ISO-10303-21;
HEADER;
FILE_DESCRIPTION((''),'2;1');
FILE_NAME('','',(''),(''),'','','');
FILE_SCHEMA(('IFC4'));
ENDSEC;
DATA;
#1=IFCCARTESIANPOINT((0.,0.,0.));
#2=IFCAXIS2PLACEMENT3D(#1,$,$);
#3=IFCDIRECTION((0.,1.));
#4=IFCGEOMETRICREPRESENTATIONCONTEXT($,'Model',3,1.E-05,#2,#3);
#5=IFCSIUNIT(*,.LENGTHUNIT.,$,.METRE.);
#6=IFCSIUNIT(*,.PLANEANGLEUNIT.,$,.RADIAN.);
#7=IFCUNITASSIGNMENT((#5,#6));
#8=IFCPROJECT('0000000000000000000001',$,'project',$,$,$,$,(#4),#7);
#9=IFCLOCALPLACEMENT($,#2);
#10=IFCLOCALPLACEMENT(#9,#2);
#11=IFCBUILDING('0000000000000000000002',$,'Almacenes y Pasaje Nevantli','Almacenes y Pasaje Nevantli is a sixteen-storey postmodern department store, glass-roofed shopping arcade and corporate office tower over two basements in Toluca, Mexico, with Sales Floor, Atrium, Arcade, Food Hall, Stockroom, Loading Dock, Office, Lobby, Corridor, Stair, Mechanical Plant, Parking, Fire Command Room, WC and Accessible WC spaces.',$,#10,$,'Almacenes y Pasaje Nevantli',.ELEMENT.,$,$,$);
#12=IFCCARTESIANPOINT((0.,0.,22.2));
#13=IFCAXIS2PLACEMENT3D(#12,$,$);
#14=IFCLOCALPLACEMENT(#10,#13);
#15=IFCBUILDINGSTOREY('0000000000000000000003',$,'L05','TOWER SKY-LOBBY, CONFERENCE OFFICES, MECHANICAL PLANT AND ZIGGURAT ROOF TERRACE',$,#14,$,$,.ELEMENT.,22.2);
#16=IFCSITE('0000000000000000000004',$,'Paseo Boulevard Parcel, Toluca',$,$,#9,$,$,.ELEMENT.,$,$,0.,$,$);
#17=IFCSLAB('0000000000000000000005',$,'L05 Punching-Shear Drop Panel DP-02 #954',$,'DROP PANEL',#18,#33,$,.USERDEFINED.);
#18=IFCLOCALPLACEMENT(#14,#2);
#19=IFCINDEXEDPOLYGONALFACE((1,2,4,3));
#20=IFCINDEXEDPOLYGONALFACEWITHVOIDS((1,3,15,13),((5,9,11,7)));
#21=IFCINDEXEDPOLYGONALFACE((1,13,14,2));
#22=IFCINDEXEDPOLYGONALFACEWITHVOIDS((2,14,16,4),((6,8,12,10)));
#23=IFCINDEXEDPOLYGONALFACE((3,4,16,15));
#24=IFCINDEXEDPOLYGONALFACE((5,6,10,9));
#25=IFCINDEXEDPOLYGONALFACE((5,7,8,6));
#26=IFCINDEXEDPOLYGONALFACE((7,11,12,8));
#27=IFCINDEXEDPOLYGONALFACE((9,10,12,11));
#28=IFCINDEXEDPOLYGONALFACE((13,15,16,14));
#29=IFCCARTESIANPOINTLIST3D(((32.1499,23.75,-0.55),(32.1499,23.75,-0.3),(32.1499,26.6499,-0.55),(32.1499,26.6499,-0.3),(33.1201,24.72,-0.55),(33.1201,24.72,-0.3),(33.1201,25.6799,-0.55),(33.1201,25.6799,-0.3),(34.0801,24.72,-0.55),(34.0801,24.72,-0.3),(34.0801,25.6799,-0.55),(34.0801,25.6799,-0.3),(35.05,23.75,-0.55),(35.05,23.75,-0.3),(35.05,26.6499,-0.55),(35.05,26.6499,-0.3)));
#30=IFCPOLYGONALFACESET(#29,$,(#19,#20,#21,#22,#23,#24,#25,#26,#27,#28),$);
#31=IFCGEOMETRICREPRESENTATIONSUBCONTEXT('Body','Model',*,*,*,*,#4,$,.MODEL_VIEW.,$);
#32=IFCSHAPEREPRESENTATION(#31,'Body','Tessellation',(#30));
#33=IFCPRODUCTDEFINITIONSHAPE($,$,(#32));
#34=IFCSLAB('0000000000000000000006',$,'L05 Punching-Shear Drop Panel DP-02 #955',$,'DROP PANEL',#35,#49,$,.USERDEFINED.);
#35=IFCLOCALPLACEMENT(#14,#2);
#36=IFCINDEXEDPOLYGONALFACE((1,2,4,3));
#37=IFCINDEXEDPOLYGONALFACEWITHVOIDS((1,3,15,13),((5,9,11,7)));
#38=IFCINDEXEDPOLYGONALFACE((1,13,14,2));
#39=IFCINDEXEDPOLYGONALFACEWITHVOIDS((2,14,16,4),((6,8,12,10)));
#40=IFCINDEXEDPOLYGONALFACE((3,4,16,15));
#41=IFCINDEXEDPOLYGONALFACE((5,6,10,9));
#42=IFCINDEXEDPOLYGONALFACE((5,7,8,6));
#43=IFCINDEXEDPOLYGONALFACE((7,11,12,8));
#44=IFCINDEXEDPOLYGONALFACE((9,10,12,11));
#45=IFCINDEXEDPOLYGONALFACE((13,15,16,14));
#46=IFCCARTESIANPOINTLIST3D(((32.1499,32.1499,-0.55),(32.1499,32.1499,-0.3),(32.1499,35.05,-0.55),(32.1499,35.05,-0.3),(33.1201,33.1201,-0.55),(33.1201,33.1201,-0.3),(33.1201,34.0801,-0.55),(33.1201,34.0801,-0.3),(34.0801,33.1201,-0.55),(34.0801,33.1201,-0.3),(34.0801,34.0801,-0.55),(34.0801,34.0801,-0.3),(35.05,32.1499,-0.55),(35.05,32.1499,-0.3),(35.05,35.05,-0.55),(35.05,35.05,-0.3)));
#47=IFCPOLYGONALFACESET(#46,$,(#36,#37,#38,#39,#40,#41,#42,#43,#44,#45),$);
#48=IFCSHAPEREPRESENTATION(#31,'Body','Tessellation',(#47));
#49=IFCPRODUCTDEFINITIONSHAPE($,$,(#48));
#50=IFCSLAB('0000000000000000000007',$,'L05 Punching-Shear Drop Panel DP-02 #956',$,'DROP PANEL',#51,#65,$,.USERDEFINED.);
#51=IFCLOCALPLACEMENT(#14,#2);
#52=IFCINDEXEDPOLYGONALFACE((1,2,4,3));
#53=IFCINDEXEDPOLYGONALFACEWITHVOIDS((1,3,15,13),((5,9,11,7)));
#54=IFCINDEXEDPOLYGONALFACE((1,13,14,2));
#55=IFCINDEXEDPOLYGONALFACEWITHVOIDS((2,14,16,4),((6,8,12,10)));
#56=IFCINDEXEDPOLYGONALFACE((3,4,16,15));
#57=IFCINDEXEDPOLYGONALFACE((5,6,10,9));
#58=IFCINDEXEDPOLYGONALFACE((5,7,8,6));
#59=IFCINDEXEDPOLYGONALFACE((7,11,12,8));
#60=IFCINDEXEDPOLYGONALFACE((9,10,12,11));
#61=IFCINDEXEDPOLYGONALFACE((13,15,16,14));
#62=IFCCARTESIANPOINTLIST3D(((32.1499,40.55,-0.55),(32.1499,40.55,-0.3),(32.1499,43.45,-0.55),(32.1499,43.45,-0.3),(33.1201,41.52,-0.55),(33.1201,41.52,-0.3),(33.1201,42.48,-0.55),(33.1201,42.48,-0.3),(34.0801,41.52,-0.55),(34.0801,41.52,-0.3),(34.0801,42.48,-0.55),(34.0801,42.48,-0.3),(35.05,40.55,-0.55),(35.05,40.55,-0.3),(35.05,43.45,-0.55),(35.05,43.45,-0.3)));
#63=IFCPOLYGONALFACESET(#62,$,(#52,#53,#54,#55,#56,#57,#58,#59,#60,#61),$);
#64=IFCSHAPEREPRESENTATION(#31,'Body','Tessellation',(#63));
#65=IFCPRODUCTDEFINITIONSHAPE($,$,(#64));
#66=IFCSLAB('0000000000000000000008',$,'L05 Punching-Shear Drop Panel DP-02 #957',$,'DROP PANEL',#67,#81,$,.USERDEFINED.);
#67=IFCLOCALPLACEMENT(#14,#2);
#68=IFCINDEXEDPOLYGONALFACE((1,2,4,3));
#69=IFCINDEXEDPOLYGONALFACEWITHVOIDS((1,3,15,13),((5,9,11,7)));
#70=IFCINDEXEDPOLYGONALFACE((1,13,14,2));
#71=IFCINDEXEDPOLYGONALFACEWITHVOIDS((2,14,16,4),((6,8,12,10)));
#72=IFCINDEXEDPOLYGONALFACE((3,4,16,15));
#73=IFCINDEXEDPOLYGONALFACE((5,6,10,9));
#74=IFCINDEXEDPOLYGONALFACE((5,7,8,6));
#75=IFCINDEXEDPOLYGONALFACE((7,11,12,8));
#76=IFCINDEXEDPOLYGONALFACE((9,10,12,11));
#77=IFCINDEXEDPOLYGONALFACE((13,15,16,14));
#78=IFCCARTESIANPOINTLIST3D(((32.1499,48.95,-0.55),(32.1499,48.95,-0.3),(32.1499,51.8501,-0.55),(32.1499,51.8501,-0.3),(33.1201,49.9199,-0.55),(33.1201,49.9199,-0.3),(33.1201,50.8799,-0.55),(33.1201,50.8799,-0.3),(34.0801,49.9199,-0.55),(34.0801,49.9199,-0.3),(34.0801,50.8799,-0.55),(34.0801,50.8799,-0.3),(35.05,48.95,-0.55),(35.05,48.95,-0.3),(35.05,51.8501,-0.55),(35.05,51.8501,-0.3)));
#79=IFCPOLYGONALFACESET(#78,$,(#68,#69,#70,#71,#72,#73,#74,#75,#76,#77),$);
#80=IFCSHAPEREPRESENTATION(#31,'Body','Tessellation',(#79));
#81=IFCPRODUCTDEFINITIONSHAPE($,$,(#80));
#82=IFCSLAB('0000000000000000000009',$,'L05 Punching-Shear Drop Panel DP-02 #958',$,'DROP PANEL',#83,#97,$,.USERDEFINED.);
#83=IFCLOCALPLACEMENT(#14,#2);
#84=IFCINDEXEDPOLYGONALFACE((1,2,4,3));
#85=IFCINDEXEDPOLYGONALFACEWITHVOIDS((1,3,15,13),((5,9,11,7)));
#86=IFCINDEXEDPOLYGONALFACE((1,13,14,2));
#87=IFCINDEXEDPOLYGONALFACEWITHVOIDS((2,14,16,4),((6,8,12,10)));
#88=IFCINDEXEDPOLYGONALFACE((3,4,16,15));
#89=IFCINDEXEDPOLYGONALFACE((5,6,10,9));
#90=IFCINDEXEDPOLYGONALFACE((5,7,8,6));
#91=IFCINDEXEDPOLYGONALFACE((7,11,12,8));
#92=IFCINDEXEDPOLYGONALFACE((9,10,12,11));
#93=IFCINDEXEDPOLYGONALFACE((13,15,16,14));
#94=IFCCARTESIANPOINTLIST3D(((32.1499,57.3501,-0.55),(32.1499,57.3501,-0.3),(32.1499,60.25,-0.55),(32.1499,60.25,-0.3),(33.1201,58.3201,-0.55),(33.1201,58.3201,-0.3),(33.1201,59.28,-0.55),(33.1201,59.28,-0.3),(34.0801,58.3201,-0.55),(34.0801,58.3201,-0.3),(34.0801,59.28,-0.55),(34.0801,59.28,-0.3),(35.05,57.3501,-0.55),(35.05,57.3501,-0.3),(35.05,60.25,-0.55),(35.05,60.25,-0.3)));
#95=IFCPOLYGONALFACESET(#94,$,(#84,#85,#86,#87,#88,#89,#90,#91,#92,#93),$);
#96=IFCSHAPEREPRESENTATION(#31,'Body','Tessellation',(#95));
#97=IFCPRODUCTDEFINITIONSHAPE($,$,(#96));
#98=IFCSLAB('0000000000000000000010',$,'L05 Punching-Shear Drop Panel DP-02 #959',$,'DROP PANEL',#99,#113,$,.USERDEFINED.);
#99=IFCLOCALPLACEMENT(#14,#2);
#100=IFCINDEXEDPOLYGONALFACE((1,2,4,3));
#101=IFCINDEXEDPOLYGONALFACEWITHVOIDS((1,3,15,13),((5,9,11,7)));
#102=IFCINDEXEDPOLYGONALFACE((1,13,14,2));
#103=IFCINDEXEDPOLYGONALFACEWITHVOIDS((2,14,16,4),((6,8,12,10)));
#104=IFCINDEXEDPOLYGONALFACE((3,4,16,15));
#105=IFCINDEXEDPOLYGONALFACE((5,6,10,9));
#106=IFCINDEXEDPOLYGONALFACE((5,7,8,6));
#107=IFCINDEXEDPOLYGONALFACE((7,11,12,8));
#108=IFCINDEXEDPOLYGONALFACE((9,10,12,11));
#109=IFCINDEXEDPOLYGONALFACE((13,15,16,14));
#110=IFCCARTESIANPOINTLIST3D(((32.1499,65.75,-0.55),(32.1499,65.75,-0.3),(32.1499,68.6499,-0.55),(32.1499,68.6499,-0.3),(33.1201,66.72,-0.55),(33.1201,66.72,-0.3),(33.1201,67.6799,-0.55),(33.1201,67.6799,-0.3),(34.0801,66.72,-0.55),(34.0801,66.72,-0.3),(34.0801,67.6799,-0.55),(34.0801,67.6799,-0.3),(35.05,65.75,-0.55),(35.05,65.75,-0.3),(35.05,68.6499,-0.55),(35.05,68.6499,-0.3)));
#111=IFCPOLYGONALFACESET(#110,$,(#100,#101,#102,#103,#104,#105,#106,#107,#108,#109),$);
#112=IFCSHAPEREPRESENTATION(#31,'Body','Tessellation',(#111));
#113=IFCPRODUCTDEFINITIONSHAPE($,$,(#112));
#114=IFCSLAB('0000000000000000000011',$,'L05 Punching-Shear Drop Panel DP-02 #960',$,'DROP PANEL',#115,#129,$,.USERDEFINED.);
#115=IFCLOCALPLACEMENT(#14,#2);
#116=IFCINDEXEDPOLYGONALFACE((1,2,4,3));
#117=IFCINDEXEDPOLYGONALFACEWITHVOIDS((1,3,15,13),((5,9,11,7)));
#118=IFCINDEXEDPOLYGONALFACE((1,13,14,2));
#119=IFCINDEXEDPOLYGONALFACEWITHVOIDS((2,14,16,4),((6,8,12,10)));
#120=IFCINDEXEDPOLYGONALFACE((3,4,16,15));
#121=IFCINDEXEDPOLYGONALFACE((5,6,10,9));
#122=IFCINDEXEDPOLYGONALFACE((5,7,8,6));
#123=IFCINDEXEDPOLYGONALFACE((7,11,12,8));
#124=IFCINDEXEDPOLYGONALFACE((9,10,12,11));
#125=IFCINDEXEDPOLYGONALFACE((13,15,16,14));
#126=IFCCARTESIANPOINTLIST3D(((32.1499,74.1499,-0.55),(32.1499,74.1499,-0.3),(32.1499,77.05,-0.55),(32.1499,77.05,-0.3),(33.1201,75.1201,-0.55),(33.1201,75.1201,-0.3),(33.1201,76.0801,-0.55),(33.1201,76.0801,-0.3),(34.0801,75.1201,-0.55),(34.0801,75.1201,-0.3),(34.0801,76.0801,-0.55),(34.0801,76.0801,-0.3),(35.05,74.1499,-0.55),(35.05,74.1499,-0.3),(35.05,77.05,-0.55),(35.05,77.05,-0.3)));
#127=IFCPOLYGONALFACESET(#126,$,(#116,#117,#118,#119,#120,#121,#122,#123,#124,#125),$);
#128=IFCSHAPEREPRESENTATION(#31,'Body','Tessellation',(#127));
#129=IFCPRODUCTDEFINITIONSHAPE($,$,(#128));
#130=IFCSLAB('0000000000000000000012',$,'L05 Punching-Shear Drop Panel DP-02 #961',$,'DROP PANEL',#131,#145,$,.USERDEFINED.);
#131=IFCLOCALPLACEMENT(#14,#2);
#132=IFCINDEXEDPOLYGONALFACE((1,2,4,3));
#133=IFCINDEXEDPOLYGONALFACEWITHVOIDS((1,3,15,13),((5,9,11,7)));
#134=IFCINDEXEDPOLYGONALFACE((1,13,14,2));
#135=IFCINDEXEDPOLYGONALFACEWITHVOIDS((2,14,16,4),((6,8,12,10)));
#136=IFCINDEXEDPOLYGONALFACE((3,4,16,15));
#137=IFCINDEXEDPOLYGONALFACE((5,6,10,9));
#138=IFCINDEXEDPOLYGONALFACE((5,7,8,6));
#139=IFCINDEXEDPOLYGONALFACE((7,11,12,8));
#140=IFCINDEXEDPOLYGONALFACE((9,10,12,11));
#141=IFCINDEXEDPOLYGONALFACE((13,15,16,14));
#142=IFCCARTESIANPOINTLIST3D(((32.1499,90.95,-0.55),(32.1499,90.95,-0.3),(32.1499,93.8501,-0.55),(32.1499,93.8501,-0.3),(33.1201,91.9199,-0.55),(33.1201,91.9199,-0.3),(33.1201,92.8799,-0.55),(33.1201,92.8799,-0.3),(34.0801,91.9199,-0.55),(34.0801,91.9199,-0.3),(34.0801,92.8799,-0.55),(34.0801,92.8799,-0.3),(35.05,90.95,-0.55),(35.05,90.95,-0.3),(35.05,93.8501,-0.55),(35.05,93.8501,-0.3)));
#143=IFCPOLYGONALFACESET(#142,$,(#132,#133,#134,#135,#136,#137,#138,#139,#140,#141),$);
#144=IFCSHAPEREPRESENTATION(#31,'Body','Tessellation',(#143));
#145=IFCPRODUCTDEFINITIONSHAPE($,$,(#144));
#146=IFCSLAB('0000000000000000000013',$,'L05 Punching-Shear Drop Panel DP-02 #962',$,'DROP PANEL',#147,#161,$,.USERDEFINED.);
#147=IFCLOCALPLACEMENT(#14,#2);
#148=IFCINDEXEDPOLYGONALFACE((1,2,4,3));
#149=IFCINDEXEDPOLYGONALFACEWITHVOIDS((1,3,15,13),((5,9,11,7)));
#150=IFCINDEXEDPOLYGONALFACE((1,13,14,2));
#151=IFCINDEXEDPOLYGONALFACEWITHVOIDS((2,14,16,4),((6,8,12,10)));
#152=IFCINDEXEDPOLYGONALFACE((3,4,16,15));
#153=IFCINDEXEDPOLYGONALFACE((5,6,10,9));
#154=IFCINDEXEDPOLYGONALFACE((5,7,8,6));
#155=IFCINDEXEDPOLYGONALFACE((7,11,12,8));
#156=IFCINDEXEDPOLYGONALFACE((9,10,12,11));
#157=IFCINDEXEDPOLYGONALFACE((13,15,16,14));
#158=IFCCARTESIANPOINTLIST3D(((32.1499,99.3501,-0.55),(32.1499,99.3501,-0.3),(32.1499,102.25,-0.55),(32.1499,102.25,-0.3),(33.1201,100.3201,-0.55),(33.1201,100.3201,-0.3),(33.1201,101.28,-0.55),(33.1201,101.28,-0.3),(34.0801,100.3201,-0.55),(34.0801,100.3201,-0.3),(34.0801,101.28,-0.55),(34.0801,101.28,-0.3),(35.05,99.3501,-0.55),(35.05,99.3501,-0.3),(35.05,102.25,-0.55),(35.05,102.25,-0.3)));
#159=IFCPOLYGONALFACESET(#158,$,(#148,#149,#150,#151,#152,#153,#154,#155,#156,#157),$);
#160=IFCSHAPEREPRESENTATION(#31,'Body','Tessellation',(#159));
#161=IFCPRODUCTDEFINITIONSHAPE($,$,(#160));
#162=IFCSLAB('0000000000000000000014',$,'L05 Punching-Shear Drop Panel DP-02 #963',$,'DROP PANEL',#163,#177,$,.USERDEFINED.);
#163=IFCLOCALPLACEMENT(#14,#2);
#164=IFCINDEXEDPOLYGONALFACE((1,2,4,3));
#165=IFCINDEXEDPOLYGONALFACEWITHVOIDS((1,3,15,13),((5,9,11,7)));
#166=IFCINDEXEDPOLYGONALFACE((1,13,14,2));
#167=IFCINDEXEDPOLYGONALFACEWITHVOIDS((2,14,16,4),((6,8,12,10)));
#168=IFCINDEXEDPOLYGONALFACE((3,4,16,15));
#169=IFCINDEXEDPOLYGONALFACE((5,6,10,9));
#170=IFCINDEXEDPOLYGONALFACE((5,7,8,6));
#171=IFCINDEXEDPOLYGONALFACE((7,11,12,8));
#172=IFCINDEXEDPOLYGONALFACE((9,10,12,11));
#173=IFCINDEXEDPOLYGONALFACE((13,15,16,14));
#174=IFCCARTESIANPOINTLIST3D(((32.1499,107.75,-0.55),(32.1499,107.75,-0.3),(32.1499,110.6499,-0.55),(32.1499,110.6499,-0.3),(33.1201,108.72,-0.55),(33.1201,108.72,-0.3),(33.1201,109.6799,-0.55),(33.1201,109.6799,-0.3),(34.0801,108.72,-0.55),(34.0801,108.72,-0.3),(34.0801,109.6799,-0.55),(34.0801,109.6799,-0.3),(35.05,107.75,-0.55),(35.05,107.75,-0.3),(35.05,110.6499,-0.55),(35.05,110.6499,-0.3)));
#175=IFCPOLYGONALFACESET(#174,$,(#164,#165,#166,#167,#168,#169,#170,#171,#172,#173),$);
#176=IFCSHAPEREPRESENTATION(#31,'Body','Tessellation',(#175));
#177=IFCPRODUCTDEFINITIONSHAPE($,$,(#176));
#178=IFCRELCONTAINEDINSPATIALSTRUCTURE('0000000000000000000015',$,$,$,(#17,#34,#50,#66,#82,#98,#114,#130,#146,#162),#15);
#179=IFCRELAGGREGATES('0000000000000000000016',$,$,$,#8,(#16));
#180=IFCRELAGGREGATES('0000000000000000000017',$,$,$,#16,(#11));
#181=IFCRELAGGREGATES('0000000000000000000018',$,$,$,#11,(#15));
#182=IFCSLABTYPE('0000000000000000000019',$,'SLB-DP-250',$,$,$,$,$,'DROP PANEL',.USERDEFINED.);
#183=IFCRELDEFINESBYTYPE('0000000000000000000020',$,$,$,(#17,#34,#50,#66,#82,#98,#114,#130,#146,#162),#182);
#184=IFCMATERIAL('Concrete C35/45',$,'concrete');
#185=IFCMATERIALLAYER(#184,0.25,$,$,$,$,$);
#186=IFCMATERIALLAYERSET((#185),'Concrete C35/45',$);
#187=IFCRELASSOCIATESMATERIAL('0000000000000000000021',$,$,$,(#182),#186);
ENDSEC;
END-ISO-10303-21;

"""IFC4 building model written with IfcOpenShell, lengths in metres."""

from ifc_helpers import new_model, si_unit, direction, frame, origin, place, context, subcontext, project, spatial, polyline, outline, extrude, material, layer, layer_set, type_object, element, save


model = new_model("IFC4")

# Units and contexts
model_context = context("Model", 3, precision=1e-05, world=origin(), true_north=direction((0.0, 1.0)))
body_context = subcontext(model_context, "Body", "Model", "MODEL_VIEW")
ifc_project = project(units=[si_unit("LENGTHUNIT", "METRE"), si_unit("PLANEANGLEUNIT", "RADIAN")], contexts=[model_context])

# Site, building, storey
site_placement = place(None, origin())
site = spatial("IfcSite", under=ifc_project, at=site_placement, Name="Paseo Boulevard Parcel, Toluca", CompositionType="ELEMENT", RefElevation=0.0)
building_placement = place(site_placement, origin())
building = spatial("IfcBuilding", under=site, at=building_placement, Name="Almacenes y Pasaje Nevantli", Description="Almacenes y Pasaje Nevantli is a sixteen-storey postmodern department store, glass-roofed shopping arcade and corporate office tower over two basements in Toluca, Mexico, with Sales Floor, Atrium, Arcade, Food Hall, Stockroom, Loading Dock, Office, Lobby, Corridor, Stair, Mechanical Plant, Parking, Fire Command Room, WC and Accessible WC spaces.", LongName="Almacenes y Pasaje Nevantli", CompositionType="ELEMENT")
storey_placement = place(building_placement, frame((0.0, 0.0, 22.2)))
storey = spatial("IfcBuildingStorey", under=building, at=storey_placement, Name="L05", Description="TOWER SKY-LOBBY, CONFERENCE OFFICES, MECHANICAL PLANT AND ZIGGURAT ROOF TERRACE", CompositionType="ELEMENT", Elevation=22.2)

# Slabs
ifc_material = material(Name="Concrete C35/45", Category="concrete")
ifc_layer = layer(ifc_material, 0.25)
ifc_layer_set = layer_set([ifc_layer], Name="Concrete C35/45")
slab_type = type_object("IfcSlabType", Name="SLB-DP-250", ElementType="DROP PANEL", PredefinedType="USERDEFINED", material=ifc_layer_set)
slab_1_placement = place(storey_placement, frame((0.0, 0.0, -0.55)))
element("IfcSlab", 1, at=slab_1_placement, inside=storey, type_object=slab_type, Name="L05 Punching-Shear Drop Panel DP-02 #954", ObjectType="DROP PANEL", PredefinedType="USERDEFINED", context=body_context, shape_type="SweptSolid", body=[
    extrude(outline(polyline([(32.1499, 23.75), (35.05, 23.75), (35.05, 26.6499), (32.1499, 26.6499), (32.1499, 23.75)]), holes=[polyline([(33.1201, 24.72), (34.0801, 24.72), (34.0801, 25.6799), (33.1201, 25.6799), (33.1201, 24.72)])]), origin(), (0.0, 0.0, 1.0), 0.25),
])
slab_2_placement = place(storey_placement, frame((0.0, 0.0, -0.55)))
element("IfcSlab", 2, at=slab_2_placement, inside=storey, type_object=slab_type, Name="L05 Punching-Shear Drop Panel DP-02 #955", ObjectType="DROP PANEL", PredefinedType="USERDEFINED", context=body_context, shape_type="SweptSolid", body=[
    extrude(outline(polyline([(32.1499, 32.1499), (35.05, 32.1499), (35.05, 35.05), (32.1499, 35.05), (32.1499, 32.1499)]), holes=[polyline([(33.1201, 33.1201), (34.0801, 33.1201), (34.0801, 34.0801), (33.1201, 34.0801), (33.1201, 33.1201)])]), origin(), (0.0, 0.0, 1.0), 0.25),
])
slab_3_placement = place(storey_placement, frame((0.0, 0.0, -0.55)))
element("IfcSlab", 3, at=slab_3_placement, inside=storey, type_object=slab_type, Name="L05 Punching-Shear Drop Panel DP-02 #956", ObjectType="DROP PANEL", PredefinedType="USERDEFINED", context=body_context, shape_type="SweptSolid", body=[
    extrude(outline(polyline([(32.1499, 40.55), (35.05, 40.55), (35.05, 43.45), (32.1499, 43.45), (32.1499, 40.55)]), holes=[polyline([(33.1201, 41.52), (34.0801, 41.52), (34.0801, 42.48), (33.1201, 42.48), (33.1201, 41.52)])]), origin(), (0.0, 0.0, 1.0), 0.25),
])
slab_4_placement = place(storey_placement, frame((0.0, 0.0, -0.55)))
element("IfcSlab", 4, at=slab_4_placement, inside=storey, type_object=slab_type, Name="L05 Punching-Shear Drop Panel DP-02 #957", ObjectType="DROP PANEL", PredefinedType="USERDEFINED", context=body_context, shape_type="SweptSolid", body=[
    extrude(outline(polyline([(32.1499, 48.95), (35.05, 48.95), (35.05, 51.8501), (32.1499, 51.8501), (32.1499, 48.95)]), holes=[polyline([(33.1201, 49.9199), (34.0801, 49.9199), (34.0801, 50.8799), (33.1201, 50.8799), (33.1201, 49.9199)])]), origin(), (0.0, 0.0, 1.0), 0.25),
])
slab_5_placement = place(storey_placement, frame((0.0, 0.0, -0.55)))
element("IfcSlab", 5, at=slab_5_placement, inside=storey, type_object=slab_type, Name="L05 Punching-Shear Drop Panel DP-02 #958", ObjectType="DROP PANEL", PredefinedType="USERDEFINED", context=body_context, shape_type="SweptSolid", body=[
    extrude(outline(polyline([(32.1499, 57.3501), (35.05, 57.3501), (35.05, 60.25), (32.1499, 60.25), (32.1499, 57.3501)]), holes=[polyline([(33.1201, 58.3201), (34.0801, 58.3201), (34.0801, 59.28), (33.1201, 59.28), (33.1201, 58.3201)])]), origin(), (0.0, 0.0, 1.0), 0.25),
])
slab_6_placement = place(storey_placement, frame((0.0, 0.0, -0.55)))
element("IfcSlab", 6, at=slab_6_placement, inside=storey, type_object=slab_type, Name="L05 Punching-Shear Drop Panel DP-02 #959", ObjectType="DROP PANEL", PredefinedType="USERDEFINED", context=body_context, shape_type="SweptSolid", body=[
    extrude(outline(polyline([(32.1499, 65.75), (35.05, 65.75), (35.05, 68.6499), (32.1499, 68.6499), (32.1499, 65.75)]), holes=[polyline([(33.1201, 66.72), (34.0801, 66.72), (34.0801, 67.6799), (33.1201, 67.6799), (33.1201, 66.72)])]), origin(), (0.0, 0.0, 1.0), 0.25),
])
slab_7_placement = place(storey_placement, frame((0.0, 0.0, -0.55)))
element("IfcSlab", 7, at=slab_7_placement, inside=storey, type_object=slab_type, Name="L05 Punching-Shear Drop Panel DP-02 #960", ObjectType="DROP PANEL", PredefinedType="USERDEFINED", context=body_context, shape_type="SweptSolid", body=[
    extrude(outline(polyline([(32.1499, 74.1499), (35.05, 74.1499), (35.05, 77.05), (32.1499, 77.05), (32.1499, 74.1499)]), holes=[polyline([(33.1201, 75.1201), (34.0801, 75.1201), (34.0801, 76.0801), (33.1201, 76.0801), (33.1201, 75.1201)])]), origin(), (0.0, 0.0, 1.0), 0.25),
])
slab_8_placement = place(storey_placement, frame((0.0, 0.0, -0.55)))
element("IfcSlab", 8, at=slab_8_placement, inside=storey, type_object=slab_type, Name="L05 Punching-Shear Drop Panel DP-02 #961", ObjectType="DROP PANEL", PredefinedType="USERDEFINED", context=body_context, shape_type="SweptSolid", body=[
    extrude(outline(polyline([(32.1499, 90.95), (35.05, 90.95), (35.05, 93.8501), (32.1499, 93.8501), (32.1499, 90.95)]), holes=[polyline([(33.1201, 91.9199), (34.0801, 91.9199), (34.0801, 92.8799), (33.1201, 92.8799), (33.1201, 91.9199)])]), origin(), (0.0, 0.0, 1.0), 0.25),
])
slab_9_placement = place(storey_placement, frame((0.0, 0.0, -0.55)))
element("IfcSlab", 9, at=slab_9_placement, inside=storey, type_object=slab_type, Name="L05 Punching-Shear Drop Panel DP-02 #962", ObjectType="DROP PANEL", PredefinedType="USERDEFINED", context=body_context, shape_type="SweptSolid", body=[
    extrude(outline(polyline([(32.1499, 99.3501), (35.05, 99.3501), (35.05, 102.25), (32.1499, 102.25), (32.1499, 99.3501)]), holes=[polyline([(33.1201, 100.3201), (34.0801, 100.3201), (34.0801, 101.28), (33.1201, 101.28), (33.1201, 100.3201)])]), origin(), (0.0, 0.0, 1.0), 0.25),
])
slab_10_placement = place(storey_placement, frame((0.0, 0.0, -0.55)))
element("IfcSlab", 10, at=slab_10_placement, inside=storey, type_object=slab_type, Name="L05 Punching-Shear Drop Panel DP-02 #963", ObjectType="DROP PANEL", PredefinedType="USERDEFINED", context=body_context, shape_type="SweptSolid", body=[
    extrude(outline(polyline([(32.1499, 107.75), (35.05, 107.75), (35.05, 110.6499), (32.1499, 110.6499), (32.1499, 107.75)]), holes=[polyline([(33.1201, 108.72), (34.0801, 108.72), (34.0801, 109.6799), (33.1201, 109.6799), (33.1201, 108.72)])]), origin(), (0.0, 0.0, 1.0), 0.25),
])

save(model, "model.ifc")
